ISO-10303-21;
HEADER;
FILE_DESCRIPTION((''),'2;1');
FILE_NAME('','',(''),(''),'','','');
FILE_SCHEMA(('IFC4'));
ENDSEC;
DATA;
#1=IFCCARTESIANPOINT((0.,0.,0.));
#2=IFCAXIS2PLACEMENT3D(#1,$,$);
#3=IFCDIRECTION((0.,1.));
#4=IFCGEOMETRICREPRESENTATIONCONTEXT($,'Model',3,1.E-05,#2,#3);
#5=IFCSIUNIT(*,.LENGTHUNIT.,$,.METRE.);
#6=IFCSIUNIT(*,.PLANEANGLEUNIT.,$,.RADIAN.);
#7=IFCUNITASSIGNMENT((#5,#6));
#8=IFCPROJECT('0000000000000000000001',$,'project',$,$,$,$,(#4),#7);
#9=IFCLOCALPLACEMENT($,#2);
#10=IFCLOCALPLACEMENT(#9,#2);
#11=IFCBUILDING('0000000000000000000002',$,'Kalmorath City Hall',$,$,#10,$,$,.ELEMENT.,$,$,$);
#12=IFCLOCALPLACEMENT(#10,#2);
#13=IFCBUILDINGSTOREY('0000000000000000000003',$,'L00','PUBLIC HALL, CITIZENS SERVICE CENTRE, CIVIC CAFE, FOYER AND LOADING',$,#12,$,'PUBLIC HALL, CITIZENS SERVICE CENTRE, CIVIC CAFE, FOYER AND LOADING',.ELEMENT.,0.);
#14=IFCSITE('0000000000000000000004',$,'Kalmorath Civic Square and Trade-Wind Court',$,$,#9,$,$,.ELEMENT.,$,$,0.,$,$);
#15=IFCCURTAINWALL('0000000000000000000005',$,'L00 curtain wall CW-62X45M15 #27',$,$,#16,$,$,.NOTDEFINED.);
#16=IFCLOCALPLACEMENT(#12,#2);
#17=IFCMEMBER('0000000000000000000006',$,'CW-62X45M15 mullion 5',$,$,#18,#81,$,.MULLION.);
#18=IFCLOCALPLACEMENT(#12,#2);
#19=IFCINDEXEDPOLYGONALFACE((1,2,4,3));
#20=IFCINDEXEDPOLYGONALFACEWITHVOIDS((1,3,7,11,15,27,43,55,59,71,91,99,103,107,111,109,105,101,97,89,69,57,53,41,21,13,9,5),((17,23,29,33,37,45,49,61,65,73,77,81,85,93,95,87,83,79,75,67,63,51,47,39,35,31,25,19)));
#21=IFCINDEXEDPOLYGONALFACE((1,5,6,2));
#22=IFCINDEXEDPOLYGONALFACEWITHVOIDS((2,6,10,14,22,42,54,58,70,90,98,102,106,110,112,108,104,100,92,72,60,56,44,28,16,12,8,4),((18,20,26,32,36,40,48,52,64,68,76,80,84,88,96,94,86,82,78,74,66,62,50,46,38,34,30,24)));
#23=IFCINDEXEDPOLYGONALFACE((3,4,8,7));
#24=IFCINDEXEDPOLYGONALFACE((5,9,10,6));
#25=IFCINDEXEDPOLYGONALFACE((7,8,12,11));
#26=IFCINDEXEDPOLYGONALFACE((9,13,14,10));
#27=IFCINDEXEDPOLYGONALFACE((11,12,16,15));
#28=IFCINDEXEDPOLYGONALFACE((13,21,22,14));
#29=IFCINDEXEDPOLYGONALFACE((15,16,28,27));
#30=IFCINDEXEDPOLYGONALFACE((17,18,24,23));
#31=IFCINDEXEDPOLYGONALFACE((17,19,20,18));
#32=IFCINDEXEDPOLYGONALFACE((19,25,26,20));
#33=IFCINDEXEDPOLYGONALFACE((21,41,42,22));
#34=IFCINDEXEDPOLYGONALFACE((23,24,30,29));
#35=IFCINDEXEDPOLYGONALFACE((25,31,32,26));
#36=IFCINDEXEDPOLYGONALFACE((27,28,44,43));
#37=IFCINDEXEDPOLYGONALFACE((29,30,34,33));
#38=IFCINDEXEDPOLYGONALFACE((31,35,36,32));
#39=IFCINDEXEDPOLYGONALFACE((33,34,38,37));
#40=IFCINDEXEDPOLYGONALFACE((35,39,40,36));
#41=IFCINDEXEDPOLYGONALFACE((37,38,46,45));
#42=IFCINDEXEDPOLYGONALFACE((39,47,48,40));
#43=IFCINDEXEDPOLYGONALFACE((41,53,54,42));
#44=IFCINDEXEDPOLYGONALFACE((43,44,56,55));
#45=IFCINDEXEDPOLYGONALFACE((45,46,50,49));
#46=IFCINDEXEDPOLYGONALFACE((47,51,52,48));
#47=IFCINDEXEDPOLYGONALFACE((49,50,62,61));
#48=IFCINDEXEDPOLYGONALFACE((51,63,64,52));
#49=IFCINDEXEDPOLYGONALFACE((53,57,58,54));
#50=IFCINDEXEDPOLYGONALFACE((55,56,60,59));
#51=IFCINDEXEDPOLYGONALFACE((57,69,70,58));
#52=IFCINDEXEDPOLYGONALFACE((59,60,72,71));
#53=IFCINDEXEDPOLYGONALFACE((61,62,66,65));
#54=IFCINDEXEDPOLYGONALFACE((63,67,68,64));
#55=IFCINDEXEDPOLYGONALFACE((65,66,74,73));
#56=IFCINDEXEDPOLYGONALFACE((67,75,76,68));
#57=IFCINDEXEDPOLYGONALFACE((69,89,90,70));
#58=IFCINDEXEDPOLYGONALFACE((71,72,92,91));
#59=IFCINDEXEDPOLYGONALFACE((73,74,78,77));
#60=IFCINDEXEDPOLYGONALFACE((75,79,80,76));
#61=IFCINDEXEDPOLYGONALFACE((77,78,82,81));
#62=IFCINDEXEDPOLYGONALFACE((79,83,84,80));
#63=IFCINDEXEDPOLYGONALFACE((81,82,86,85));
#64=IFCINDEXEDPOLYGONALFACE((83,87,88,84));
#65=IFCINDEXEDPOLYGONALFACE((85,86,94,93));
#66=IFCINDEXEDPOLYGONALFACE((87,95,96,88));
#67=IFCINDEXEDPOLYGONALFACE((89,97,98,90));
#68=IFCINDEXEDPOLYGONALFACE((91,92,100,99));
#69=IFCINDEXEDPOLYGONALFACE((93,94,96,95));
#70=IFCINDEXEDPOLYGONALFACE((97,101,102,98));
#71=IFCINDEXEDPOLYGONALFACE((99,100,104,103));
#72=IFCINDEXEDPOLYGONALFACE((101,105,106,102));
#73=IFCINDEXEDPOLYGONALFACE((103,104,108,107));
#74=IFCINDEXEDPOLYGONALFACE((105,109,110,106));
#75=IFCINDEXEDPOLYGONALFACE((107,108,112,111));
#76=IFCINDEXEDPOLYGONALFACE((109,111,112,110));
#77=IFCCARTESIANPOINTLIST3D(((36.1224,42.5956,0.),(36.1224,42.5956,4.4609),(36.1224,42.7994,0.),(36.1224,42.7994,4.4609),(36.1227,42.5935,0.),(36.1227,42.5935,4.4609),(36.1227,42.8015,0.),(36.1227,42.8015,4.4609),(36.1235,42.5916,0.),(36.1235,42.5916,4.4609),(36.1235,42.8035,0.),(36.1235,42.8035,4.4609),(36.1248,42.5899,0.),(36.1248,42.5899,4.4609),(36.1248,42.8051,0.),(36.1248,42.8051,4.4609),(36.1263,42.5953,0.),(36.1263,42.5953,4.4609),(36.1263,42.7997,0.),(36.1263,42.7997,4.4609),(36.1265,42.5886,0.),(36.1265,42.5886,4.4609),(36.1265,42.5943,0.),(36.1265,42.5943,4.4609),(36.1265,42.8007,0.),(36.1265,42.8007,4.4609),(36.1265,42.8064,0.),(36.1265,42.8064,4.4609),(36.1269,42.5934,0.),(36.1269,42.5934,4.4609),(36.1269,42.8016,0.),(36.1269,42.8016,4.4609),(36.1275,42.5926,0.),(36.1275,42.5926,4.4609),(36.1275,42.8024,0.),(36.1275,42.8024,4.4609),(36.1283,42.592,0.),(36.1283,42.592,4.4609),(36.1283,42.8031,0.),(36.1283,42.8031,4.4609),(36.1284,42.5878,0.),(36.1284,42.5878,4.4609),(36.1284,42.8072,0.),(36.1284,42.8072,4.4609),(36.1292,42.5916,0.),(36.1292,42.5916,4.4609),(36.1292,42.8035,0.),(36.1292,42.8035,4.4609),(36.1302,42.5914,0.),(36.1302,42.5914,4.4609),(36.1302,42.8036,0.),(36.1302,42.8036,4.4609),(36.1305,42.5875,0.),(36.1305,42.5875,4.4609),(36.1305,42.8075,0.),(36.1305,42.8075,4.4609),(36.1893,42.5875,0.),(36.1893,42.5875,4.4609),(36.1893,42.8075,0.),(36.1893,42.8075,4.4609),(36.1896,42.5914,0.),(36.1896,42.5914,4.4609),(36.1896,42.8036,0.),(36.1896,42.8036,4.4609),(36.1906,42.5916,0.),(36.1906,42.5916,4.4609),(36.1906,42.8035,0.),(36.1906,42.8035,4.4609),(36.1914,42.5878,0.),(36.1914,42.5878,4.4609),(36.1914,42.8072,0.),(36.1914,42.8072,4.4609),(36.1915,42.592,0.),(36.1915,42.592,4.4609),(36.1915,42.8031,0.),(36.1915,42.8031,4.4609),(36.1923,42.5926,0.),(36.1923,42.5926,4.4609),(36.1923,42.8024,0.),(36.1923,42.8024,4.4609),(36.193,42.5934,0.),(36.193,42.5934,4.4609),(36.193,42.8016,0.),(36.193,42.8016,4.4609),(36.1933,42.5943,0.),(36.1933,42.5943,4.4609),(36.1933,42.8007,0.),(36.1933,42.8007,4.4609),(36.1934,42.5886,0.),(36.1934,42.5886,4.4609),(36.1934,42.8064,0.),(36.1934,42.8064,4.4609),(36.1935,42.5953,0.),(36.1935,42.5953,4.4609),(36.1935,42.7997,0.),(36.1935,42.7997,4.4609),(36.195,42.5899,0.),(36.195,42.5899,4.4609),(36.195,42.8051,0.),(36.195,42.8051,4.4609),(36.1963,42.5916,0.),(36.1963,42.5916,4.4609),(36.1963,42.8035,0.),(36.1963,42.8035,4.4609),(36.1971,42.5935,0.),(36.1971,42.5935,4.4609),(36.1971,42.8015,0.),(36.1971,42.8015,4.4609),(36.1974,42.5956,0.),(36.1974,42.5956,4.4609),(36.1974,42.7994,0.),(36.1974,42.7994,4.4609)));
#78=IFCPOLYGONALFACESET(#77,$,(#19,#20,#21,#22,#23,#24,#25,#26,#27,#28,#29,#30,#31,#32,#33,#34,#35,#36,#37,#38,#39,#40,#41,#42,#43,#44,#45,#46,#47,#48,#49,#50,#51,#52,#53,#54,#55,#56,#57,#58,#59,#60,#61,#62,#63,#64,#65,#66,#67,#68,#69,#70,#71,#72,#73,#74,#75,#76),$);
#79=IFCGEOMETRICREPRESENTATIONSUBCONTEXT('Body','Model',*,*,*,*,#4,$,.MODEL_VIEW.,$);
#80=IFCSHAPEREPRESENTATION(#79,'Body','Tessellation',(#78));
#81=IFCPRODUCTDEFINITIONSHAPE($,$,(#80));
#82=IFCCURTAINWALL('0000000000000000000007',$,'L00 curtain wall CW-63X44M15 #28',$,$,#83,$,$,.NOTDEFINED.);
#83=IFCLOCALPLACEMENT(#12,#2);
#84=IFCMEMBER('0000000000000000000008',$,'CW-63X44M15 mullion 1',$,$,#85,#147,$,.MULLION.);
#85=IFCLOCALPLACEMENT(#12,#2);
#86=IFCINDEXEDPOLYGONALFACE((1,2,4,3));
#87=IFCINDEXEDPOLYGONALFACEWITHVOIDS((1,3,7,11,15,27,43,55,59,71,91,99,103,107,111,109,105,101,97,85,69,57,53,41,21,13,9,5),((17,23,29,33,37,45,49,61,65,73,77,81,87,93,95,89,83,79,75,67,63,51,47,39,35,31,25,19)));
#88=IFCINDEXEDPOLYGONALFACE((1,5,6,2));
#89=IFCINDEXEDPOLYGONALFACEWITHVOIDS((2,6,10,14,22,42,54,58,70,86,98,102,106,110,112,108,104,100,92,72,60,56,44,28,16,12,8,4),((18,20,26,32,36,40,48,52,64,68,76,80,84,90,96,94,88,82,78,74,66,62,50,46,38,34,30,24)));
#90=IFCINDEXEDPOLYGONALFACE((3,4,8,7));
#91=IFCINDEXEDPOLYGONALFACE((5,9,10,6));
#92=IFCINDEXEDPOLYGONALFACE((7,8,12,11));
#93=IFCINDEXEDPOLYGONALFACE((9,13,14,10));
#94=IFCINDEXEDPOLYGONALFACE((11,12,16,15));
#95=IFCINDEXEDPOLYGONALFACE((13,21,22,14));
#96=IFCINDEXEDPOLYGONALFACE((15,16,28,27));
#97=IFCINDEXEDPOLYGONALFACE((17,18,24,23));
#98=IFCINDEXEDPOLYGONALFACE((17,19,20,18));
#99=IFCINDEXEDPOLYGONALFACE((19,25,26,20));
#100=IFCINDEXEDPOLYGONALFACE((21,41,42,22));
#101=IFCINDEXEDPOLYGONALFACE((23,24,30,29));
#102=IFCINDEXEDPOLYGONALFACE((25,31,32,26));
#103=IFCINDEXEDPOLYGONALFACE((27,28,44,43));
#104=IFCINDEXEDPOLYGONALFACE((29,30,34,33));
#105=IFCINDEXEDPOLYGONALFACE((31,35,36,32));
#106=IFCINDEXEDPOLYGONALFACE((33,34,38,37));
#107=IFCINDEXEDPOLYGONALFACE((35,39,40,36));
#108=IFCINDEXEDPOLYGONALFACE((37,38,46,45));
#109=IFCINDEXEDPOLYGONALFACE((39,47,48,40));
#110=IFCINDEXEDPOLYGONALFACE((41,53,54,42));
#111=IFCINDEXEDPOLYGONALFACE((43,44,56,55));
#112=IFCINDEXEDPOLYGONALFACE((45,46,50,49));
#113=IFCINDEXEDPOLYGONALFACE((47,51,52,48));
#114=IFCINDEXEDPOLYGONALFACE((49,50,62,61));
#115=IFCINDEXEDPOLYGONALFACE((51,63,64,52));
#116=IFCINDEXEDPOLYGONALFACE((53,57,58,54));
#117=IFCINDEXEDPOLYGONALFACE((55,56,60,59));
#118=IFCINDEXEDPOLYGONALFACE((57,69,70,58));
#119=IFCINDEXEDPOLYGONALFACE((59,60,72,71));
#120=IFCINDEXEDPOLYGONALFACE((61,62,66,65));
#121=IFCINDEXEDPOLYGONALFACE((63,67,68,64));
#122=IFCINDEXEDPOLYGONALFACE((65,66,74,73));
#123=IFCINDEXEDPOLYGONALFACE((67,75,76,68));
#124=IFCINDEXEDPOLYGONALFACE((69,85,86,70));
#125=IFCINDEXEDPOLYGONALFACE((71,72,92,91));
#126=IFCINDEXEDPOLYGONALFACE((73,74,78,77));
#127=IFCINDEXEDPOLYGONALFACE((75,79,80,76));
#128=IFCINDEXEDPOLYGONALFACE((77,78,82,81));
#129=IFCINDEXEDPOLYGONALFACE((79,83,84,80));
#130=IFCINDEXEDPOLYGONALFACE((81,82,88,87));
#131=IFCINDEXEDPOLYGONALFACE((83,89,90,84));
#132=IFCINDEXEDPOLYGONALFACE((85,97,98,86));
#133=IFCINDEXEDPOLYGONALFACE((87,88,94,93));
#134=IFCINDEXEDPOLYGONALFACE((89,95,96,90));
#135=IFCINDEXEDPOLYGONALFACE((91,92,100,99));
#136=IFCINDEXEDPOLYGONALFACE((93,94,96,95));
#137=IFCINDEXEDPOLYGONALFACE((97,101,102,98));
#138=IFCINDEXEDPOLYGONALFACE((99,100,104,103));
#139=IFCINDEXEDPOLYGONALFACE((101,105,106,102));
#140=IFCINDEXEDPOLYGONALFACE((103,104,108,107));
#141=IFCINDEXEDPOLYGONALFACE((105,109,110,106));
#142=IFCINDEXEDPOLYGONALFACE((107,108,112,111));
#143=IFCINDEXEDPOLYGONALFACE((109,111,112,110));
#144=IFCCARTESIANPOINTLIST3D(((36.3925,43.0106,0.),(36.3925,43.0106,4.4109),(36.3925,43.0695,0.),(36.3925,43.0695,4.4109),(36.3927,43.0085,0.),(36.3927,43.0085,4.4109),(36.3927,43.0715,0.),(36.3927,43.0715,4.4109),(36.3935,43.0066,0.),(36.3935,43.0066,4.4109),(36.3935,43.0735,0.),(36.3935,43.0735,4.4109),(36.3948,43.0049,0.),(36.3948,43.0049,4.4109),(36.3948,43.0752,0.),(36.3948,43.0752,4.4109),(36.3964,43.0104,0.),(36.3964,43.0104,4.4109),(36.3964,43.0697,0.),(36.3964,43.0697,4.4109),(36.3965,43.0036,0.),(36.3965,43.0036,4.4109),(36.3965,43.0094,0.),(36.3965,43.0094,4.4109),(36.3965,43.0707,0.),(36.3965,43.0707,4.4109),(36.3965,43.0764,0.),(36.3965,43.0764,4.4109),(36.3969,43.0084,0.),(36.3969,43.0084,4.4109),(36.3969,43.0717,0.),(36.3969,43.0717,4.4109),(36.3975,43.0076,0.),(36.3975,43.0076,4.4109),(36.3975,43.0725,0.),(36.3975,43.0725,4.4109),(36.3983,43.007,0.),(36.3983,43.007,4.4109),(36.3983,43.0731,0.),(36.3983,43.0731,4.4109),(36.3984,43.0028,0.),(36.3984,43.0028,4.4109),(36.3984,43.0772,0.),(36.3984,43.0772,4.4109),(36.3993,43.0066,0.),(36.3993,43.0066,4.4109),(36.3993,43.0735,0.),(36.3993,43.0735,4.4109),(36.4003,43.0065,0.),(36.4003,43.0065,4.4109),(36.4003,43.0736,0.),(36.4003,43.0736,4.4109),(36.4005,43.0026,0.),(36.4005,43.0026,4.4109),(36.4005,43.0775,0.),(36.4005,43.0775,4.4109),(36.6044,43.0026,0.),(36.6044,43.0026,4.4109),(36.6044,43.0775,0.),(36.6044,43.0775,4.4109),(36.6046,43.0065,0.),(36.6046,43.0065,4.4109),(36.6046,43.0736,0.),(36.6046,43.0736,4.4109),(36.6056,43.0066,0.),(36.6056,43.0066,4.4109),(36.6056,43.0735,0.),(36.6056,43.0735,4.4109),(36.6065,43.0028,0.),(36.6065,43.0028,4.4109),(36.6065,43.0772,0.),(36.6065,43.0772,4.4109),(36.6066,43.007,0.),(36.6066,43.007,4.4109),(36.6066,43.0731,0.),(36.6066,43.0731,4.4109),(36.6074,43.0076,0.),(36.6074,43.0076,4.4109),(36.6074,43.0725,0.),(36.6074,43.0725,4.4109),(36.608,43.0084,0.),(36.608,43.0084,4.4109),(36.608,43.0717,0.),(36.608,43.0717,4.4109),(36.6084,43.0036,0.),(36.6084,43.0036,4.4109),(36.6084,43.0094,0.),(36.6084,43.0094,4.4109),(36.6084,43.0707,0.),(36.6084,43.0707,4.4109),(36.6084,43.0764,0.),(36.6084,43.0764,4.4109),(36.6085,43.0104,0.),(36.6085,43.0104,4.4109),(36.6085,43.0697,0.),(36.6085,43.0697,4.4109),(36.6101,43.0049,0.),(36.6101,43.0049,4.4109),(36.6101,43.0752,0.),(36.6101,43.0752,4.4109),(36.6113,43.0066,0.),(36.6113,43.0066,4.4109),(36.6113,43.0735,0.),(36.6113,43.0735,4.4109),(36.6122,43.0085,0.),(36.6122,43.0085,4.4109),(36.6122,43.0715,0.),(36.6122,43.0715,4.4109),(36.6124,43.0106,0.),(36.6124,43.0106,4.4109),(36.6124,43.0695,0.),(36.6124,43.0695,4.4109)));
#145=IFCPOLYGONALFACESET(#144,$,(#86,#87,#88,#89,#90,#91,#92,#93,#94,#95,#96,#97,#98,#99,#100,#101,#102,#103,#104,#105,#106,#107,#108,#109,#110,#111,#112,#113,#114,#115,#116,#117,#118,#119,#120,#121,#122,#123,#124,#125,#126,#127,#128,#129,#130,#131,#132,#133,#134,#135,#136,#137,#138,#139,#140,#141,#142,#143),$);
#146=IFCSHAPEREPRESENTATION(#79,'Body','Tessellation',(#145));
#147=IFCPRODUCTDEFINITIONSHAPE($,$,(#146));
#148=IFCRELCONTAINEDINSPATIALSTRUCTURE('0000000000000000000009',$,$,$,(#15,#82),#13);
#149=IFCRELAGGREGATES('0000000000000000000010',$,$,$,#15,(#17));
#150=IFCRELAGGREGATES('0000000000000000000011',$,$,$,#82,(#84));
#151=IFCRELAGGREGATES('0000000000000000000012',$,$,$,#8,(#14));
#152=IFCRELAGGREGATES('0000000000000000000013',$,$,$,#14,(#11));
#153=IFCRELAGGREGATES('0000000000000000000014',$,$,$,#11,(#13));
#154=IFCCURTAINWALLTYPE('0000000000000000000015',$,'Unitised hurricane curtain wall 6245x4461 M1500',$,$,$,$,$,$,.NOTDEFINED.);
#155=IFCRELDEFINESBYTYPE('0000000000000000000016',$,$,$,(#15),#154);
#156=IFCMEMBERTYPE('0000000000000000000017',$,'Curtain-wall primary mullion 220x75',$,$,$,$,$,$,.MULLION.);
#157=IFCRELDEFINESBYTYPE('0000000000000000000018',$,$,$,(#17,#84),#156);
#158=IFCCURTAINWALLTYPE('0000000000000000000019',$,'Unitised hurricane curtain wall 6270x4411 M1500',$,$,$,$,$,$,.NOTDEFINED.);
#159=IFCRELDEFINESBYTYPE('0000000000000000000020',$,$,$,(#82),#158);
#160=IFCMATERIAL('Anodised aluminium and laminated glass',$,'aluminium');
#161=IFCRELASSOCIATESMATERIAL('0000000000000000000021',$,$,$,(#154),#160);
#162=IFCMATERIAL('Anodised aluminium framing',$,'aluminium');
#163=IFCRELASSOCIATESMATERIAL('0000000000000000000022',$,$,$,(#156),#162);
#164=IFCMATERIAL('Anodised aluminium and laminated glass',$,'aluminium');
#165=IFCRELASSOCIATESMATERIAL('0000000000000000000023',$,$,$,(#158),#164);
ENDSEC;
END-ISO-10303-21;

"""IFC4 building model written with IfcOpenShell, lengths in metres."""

from ifc_helpers import new_model, si_unit, direction, frame, origin, origin_2d, place, context, subcontext, project, spatial, hollow_rectangle, extrude, material, material_profile, profile_set, type_object, element, aggregate, save


model = new_model("IFC4")

# Units and contexts
model_context = context("Model", 3, precision=1e-05, world=origin(), true_north=direction((0.0, 1.0)))
body_context = subcontext(model_context, "Body", "Model", "MODEL_VIEW")
ifc_project = project(units=[si_unit("LENGTHUNIT", "METRE"), si_unit("PLANEANGLEUNIT", "RADIAN")], contexts=[model_context])

# Site, building, storey
site_placement = place(None, origin())
site = spatial("IfcSite", under=ifc_project, at=site_placement, Name="Kalmorath Civic Square and Trade-Wind Court", CompositionType="ELEMENT", RefElevation=0.0)
building_placement = place(site_placement, origin())
building = spatial("IfcBuilding", under=site, at=building_placement, Name="Kalmorath City Hall", CompositionType="ELEMENT")
storey_placement = place(building_placement, origin())
storey = spatial("IfcBuildingStorey", under=building, at=storey_placement, Name="L00", Description="PUBLIC HALL, CITIZENS SERVICE CENTRE, CIVIC CAFE, FOYER AND LOADING", LongName="PUBLIC HALL, CITIZENS SERVICE CENTRE, CIVIC CAFE, FOYER AND LOADING", CompositionType="ELEMENT", Elevation=0.0)

# Curtain wall, member
ifc_material_1 = material(Name="Anodised aluminium and laminated glass", Category="aluminium")
curtain_wall_type_1 = type_object("IfcCurtainWallType", Name="Unitised hurricane curtain wall 6245x4461 M1500", PredefinedType="NOTDEFINED", material=ifc_material_1)
curtain_wall_1_placement = place(storey_placement, origin())
curtain_wall_1 = element("IfcCurtainWall", 1, at=curtain_wall_1_placement, inside=storey, type_object=curtain_wall_type_1, Name="L00 curtain wall CW-62X45M15 #27", PredefinedType="NOTDEFINED")
ifc_material_2 = material(Name="Anodised aluminium framing", Category="aluminium")
ifc_material_profile_1 = material_profile(ifc_material_2, hollow_rectangle(XDim=0.075, YDim=0.22, WallThickness=0.0039, InnerFilletRadius=0.0039, OuterFilletRadius=0.0081, at=origin_2d()), Name="ALU-MUL-220X75X4")
ifc_profile_set_1 = profile_set([ifc_material_profile_1], Name="Anodised aluminium framing")
member_type_1 = type_object("IfcMemberType", Name="Curtain-wall primary mullion 220x75", PredefinedType="MULLION", material=ifc_profile_set_1)
member_1_placement = place(storey_placement, frame((36.1599, 42.6975, 0.0), z_axis=(0.0, 0.0, 1.0), x_axis=(-1.0, 0.0, 0.0)))
member_1 = element("IfcMember", 2, at=member_1_placement, type_object=member_type_1, Name="CW-62X45M15 mullion 5", PredefinedType="MULLION", context=body_context, shape_type="SweptSolid", body=[
    extrude(hollow_rectangle(XDim=0.075, YDim=0.22, WallThickness=0.0039, InnerFilletRadius=0.0039, OuterFilletRadius=0.0081, at=origin_2d()), origin(), (0.0, 0.0, 1.0), 4.4609),
])

# Curtain wall, member
ifc_material_3 = material(Name="Anodised aluminium and laminated glass", Category="aluminium")
curtain_wall_type_2 = type_object("IfcCurtainWallType", Name="Unitised hurricane curtain wall 6270x4411 M1500", PredefinedType="NOTDEFINED", material=ifc_material_3)
curtain_wall_2_placement = place(storey_placement, origin())
curtain_wall_2 = element("IfcCurtainWall", 3, at=curtain_wall_2_placement, inside=storey, type_object=curtain_wall_type_2, Name="L00 curtain wall CW-63X44M15 #28", PredefinedType="NOTDEFINED")
member_2_placement = place(storey_placement, frame((36.5024, 43.04, 0.0), z_axis=(0.0, 0.0, 1.0), x_axis=(0.0, 1.0, 0.0)))
member_2 = element("IfcMember", 4, at=member_2_placement, type_object=member_type_1, Name="CW-63X44M15 mullion 1", PredefinedType="MULLION", context=body_context, shape_type="SweptSolid", body=[
    extrude(hollow_rectangle(XDim=0.075, YDim=0.22, WallThickness=0.0039, InnerFilletRadius=0.0039, OuterFilletRadius=0.0081, at=origin_2d()), origin(), (0.0, 0.0, 1.0), 4.4109),
])

aggregate(curtain_wall_1, [member_1])
aggregate(curtain_wall_2, [member_2])

save(model, "model.ifc")
